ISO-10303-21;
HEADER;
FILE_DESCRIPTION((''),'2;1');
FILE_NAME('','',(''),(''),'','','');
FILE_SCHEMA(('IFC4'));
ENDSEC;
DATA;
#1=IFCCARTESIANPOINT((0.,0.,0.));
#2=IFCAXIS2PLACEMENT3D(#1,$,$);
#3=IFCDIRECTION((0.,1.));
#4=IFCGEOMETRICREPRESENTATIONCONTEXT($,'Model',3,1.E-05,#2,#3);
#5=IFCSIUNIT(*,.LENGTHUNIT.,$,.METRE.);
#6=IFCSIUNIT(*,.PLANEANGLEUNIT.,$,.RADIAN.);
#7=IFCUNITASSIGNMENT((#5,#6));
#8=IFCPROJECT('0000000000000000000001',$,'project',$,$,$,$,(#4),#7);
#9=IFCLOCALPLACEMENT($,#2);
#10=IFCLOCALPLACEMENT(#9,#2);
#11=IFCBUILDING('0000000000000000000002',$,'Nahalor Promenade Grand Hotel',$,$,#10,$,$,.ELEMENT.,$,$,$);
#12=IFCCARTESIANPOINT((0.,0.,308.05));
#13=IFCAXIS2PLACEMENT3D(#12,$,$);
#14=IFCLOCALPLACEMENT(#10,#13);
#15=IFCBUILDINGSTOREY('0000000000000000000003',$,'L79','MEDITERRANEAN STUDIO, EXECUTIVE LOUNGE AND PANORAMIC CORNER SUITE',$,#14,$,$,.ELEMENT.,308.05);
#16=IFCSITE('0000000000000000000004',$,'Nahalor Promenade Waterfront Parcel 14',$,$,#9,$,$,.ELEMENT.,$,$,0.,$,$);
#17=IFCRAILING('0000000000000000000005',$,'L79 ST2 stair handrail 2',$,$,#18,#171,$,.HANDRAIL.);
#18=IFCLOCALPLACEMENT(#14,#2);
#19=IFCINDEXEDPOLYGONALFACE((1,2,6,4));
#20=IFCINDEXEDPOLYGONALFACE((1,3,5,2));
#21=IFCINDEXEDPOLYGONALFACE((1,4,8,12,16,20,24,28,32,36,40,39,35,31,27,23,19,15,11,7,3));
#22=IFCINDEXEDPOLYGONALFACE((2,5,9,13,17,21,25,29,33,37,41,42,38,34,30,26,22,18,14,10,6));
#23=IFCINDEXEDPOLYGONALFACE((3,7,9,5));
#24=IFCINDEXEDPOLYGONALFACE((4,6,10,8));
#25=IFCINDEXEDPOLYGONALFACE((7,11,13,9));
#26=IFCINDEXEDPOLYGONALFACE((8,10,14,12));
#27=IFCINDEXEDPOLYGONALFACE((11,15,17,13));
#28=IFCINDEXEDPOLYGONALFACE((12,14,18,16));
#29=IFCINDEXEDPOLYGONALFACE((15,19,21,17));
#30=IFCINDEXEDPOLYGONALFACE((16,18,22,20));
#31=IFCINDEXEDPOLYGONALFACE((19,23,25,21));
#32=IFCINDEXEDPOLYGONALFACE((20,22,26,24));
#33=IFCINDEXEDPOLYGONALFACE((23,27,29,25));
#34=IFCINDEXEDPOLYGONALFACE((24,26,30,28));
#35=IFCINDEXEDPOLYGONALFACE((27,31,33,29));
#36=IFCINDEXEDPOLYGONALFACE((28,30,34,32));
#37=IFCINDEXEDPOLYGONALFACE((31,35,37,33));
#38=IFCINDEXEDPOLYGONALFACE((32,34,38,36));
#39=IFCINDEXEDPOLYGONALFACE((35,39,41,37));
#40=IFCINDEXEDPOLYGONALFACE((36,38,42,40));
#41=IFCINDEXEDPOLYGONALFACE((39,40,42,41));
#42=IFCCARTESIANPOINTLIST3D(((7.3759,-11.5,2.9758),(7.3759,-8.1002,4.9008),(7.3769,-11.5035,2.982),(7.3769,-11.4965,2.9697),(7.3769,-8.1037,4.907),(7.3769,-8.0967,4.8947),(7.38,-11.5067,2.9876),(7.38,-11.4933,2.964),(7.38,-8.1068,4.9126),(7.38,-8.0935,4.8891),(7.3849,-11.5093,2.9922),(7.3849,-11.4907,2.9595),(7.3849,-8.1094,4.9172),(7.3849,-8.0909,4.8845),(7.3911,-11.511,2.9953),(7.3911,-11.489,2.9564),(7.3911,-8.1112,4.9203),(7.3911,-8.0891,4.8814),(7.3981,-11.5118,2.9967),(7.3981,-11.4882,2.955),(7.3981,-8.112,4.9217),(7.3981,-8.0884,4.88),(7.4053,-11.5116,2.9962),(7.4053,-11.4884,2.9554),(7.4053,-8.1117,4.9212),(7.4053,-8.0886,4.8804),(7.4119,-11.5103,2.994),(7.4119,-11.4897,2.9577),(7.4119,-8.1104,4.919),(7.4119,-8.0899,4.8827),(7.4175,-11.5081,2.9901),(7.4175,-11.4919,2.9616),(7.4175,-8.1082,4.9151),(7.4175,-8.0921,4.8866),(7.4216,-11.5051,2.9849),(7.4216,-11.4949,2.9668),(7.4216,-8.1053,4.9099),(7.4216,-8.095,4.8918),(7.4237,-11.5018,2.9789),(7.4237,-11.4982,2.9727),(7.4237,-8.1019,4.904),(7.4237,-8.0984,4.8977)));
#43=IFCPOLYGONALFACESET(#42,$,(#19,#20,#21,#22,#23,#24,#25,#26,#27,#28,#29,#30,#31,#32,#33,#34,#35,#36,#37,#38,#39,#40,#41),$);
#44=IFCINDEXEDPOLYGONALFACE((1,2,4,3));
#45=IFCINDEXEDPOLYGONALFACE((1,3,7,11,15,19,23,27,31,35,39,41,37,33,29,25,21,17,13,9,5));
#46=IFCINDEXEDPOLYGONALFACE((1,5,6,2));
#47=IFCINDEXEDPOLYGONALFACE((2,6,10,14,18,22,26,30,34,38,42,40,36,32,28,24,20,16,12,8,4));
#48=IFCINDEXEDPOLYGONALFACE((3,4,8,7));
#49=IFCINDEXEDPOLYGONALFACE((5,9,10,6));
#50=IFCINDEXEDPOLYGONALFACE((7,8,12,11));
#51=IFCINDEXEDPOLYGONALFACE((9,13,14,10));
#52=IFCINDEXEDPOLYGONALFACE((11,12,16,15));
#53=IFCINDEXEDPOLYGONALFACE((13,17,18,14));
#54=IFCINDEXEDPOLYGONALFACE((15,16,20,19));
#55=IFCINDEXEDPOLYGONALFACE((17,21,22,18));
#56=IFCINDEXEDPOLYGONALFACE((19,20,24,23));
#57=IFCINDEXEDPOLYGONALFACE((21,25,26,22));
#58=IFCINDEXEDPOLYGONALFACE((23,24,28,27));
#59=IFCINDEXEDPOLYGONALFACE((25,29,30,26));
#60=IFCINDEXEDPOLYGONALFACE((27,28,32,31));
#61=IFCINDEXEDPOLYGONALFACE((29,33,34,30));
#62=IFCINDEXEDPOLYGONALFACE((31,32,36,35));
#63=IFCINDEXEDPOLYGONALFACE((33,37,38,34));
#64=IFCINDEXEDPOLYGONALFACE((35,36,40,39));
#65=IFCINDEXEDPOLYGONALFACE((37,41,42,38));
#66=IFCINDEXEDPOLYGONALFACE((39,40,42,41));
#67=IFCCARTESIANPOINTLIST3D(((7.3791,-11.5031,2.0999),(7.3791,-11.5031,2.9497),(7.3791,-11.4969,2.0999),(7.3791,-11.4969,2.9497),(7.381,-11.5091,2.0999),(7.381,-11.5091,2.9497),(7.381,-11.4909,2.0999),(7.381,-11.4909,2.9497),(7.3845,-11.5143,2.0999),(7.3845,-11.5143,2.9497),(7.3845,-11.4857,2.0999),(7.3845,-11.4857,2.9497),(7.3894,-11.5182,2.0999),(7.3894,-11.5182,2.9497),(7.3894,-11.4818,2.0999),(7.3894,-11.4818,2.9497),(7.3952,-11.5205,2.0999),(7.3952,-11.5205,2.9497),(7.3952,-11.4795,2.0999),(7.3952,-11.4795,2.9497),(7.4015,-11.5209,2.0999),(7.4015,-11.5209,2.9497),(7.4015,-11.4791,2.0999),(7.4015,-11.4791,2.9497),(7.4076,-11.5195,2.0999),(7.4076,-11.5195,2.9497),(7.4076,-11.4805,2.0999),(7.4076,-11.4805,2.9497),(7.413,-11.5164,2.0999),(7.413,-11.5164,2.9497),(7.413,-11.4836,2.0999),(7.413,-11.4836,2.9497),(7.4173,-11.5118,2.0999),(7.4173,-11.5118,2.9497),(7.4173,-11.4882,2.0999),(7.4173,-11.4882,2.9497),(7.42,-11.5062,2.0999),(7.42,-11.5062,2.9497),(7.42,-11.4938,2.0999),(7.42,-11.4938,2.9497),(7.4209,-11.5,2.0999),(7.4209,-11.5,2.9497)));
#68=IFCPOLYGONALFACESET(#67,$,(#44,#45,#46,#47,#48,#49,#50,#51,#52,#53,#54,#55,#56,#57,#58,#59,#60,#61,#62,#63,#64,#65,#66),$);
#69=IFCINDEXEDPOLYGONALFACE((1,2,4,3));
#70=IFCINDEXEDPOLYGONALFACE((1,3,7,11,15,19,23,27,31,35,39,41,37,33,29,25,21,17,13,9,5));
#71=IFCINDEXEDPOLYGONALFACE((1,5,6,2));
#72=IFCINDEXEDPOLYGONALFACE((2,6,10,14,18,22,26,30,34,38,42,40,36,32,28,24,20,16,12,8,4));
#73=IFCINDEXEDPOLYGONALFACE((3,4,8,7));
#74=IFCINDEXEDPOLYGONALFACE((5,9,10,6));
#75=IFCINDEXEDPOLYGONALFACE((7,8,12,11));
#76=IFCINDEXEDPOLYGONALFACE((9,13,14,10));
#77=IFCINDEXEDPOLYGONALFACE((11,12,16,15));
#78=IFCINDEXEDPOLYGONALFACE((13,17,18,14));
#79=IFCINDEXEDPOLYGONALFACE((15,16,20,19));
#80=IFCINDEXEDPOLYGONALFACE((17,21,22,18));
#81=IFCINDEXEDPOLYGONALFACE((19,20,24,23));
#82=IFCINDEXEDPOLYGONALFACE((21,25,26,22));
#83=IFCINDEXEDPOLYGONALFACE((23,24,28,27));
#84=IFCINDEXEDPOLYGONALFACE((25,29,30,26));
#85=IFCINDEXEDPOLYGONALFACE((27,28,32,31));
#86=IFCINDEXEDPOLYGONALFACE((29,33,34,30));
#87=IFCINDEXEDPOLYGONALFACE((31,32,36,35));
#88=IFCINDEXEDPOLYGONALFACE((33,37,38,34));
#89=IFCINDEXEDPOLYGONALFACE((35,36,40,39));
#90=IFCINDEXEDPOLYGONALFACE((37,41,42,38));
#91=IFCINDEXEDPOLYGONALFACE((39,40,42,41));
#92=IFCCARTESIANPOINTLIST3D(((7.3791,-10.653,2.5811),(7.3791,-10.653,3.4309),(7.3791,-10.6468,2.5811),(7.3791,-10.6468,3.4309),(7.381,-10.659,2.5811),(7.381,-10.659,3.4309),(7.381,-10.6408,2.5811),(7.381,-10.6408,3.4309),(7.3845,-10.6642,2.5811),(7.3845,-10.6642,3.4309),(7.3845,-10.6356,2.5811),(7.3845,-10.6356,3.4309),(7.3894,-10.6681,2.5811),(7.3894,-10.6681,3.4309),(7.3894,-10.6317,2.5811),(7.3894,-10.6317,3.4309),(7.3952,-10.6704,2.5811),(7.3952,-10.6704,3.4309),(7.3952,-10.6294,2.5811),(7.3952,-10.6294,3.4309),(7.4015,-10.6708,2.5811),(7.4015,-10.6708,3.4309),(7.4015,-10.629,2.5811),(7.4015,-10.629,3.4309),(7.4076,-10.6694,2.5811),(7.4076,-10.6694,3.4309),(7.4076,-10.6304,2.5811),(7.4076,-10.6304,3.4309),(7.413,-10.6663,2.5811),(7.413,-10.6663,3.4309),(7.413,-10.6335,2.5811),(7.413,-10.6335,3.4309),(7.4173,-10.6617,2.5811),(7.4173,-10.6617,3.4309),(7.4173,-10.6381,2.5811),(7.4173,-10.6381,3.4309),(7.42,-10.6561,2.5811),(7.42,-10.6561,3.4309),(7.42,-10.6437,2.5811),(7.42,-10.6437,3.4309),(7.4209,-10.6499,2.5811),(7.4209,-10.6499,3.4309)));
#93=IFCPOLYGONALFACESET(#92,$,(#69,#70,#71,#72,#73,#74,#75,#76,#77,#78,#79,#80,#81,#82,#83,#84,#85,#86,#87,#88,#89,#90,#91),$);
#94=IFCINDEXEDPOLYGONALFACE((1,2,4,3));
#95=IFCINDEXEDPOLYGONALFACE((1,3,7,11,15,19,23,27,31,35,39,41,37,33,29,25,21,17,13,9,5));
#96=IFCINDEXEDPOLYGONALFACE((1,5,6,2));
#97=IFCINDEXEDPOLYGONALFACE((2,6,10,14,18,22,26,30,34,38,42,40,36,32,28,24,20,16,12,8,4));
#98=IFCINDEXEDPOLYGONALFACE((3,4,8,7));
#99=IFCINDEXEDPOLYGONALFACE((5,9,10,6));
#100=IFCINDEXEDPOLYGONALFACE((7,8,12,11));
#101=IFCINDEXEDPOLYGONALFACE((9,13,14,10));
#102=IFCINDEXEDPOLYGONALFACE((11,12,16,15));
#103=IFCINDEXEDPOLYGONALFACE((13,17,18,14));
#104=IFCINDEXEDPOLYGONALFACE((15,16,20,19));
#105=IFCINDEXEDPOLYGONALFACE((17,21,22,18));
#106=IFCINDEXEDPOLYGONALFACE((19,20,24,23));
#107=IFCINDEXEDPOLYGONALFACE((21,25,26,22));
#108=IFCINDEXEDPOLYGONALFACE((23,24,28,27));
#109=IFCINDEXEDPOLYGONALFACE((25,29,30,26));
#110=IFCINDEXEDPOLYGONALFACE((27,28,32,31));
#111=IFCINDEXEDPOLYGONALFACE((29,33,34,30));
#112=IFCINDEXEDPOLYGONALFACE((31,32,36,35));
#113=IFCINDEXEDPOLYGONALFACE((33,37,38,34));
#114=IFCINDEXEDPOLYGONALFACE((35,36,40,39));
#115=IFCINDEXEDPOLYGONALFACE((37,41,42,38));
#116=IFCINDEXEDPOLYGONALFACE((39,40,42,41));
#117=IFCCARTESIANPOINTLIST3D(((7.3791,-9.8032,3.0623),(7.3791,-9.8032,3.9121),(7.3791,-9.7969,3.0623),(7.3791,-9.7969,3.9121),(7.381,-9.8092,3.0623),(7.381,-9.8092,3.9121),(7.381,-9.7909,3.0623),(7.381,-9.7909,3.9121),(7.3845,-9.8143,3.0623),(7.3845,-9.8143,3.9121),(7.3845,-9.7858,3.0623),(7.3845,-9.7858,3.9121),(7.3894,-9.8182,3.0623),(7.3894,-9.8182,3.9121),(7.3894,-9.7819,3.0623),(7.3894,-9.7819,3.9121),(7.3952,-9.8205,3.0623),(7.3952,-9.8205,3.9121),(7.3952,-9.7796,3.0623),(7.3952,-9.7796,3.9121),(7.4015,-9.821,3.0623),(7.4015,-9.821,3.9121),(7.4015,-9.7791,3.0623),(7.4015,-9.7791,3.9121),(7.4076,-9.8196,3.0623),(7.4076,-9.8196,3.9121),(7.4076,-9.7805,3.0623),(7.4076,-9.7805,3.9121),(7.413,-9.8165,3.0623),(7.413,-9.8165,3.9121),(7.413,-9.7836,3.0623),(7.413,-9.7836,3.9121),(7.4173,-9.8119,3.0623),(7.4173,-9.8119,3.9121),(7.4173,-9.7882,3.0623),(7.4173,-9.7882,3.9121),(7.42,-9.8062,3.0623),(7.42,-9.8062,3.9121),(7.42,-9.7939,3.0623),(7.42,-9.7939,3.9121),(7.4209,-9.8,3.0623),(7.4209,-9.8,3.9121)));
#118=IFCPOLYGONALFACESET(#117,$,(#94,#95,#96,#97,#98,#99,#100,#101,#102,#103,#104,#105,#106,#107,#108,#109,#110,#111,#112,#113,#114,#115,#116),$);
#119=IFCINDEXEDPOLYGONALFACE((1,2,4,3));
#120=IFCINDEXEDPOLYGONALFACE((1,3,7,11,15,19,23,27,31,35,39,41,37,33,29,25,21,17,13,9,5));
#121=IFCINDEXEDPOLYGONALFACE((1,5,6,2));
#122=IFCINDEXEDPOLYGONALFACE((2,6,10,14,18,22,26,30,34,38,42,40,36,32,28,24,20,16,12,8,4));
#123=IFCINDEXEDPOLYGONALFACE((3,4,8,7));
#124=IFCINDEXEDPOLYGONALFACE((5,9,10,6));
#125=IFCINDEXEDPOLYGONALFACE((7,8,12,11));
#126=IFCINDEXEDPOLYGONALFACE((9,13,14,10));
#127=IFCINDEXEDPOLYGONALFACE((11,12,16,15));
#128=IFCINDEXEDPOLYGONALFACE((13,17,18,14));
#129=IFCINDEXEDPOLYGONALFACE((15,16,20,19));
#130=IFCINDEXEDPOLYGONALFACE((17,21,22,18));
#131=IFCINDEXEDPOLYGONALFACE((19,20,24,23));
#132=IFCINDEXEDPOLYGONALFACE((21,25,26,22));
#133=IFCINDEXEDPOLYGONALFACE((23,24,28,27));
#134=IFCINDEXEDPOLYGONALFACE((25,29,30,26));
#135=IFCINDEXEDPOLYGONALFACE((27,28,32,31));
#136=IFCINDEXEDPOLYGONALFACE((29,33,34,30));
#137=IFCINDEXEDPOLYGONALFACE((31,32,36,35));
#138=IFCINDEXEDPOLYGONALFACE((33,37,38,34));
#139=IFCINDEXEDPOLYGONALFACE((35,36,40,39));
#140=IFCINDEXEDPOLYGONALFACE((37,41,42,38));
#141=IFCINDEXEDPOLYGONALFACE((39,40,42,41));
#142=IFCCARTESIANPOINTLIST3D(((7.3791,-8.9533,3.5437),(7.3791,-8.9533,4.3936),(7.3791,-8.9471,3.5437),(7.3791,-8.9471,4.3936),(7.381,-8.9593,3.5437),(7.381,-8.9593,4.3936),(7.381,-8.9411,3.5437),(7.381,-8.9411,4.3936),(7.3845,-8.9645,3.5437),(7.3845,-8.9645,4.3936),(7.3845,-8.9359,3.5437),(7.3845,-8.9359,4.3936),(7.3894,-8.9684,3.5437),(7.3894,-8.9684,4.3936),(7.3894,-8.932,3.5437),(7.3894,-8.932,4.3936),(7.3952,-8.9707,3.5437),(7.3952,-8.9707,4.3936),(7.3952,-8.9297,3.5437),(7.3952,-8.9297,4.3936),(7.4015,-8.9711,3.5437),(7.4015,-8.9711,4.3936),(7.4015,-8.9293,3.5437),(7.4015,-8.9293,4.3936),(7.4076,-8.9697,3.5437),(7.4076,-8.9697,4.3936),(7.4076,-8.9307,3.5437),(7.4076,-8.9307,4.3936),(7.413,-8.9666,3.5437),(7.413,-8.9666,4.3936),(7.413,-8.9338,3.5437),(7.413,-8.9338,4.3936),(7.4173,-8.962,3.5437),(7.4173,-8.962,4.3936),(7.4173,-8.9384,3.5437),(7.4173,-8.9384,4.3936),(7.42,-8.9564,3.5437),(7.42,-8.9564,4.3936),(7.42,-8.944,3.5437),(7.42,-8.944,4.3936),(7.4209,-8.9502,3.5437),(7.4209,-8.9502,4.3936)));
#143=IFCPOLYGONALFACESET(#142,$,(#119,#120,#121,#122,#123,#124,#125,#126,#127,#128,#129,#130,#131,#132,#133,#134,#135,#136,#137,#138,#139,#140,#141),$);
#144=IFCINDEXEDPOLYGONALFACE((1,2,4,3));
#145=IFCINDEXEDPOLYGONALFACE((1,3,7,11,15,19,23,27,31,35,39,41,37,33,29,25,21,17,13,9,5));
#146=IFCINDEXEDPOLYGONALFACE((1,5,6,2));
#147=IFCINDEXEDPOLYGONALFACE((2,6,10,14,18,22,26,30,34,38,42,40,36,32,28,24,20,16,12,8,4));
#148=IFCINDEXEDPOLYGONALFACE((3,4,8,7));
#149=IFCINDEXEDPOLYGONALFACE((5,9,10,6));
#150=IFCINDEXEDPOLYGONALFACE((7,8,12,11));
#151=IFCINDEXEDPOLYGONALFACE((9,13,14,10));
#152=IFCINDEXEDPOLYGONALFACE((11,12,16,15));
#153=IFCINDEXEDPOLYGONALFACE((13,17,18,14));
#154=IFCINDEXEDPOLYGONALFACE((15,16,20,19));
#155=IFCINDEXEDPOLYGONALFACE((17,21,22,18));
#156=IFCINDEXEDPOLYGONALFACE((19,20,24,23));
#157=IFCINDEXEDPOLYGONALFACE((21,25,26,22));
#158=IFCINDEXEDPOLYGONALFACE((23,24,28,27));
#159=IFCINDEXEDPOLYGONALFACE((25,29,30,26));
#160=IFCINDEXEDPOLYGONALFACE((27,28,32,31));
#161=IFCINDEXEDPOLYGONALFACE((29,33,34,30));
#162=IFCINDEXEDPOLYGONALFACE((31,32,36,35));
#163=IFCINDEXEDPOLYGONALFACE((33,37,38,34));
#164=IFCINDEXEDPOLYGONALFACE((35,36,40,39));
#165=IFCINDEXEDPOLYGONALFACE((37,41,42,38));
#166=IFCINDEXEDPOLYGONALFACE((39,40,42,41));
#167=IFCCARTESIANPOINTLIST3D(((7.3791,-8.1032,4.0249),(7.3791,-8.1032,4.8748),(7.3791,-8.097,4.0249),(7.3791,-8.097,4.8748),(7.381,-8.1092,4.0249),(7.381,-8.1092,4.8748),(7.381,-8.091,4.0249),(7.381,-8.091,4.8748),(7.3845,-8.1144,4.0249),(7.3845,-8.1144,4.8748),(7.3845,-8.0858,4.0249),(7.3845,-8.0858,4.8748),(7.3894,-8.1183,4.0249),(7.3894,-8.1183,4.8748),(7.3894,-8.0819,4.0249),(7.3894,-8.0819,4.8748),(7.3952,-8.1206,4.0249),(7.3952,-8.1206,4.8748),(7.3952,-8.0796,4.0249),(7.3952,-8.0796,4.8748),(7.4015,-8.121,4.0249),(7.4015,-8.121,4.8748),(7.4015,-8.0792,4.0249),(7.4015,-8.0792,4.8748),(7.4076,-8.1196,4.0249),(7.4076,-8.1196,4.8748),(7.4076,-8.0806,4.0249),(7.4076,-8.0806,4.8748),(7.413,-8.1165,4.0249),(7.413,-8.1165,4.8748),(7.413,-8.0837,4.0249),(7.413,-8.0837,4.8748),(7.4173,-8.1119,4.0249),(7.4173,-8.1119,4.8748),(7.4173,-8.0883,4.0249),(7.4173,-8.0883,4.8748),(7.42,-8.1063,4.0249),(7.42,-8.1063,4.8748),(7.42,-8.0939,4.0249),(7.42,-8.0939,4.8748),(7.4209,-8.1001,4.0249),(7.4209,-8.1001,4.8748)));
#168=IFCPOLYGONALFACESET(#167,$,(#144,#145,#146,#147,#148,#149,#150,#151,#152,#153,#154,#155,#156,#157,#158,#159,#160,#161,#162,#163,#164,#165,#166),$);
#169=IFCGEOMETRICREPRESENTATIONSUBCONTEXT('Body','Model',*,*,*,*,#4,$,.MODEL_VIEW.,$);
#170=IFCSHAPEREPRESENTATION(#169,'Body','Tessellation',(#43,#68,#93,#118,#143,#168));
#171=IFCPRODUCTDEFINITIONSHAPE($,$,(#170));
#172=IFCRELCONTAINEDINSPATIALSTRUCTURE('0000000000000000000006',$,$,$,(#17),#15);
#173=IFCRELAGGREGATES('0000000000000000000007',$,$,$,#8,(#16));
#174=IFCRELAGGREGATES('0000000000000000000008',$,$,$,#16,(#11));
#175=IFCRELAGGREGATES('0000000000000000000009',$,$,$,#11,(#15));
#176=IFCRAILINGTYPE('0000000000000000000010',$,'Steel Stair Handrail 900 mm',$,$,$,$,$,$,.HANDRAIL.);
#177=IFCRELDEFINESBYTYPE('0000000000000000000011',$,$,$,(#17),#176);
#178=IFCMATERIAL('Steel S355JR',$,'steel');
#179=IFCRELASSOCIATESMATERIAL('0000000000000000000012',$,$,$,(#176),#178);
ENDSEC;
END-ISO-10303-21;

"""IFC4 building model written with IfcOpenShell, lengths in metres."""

from ifc_helpers import new_model, si_unit, direction, frame, origin, origin_2d, place, context, subcontext, project, spatial, circle, extrude, material, type_object, element, save


model = new_model("IFC4")

# Units and contexts
model_context = context("Model", 3, precision=1e-05, world=origin(), true_north=direction((0.0, 1.0)))
body_context = subcontext(model_context, "Body", "Model", "MODEL_VIEW")
ifc_project = project(units=[si_unit("LENGTHUNIT", "METRE"), si_unit("PLANEANGLEUNIT", "RADIAN")], contexts=[model_context])

# Site, building, storey
site_placement = place(None, origin())
site = spatial("IfcSite", under=ifc_project, at=site_placement, Name="Nahalor Promenade Waterfront Parcel 14", CompositionType="ELEMENT", RefElevation=0.0)
building_placement = place(site_placement, origin())
building = spatial("IfcBuilding", under=site, at=building_placement, Name="Nahalor Promenade Grand Hotel", CompositionType="ELEMENT")
storey_placement = place(building_placement, frame((0.0, 0.0, 308.05)))
storey = spatial("IfcBuildingStorey", under=building, at=storey_placement, Name="L79", Description="MEDITERRANEAN STUDIO, EXECUTIVE LOUNGE AND PANORAMIC CORNER SUITE", CompositionType="ELEMENT", Elevation=308.05)

# Shared definitions
ifc_material_1 = material(Name="Steel S355JR", Category="steel")

# Railing
railing_type_1 = type_object("IfcRailingType", Name="Steel Stair Handrail 900 mm", PredefinedType="HANDRAIL", material=ifc_material_1)
railing_1_placement = place(storey_placement, frame((7.3999, -11.5, 2.0999)))
element("IfcRailing", 1, at=railing_1_placement, inside=storey, type_object=railing_type_1, Name="L79 ST2 stair handrail 2", PredefinedType="HANDRAIL", context=body_context, shape_type="SweptSolid", body=[
    extrude(circle(Radius=0.024, at=origin_2d()), frame((0.0, 0.0, 0.876), z_axis=(0.0, 0.870194, 0.49271), x_axis=(-1.0, 0.0, 0.0)), (0.0, 0.0, 1.0), 3.907),
    extrude(circle(Radius=0.021, at=origin_2d()), origin(), (0.0, 0.0, 1.0), 0.8499),
    extrude(circle(Radius=0.021, at=origin_2d()), frame((0.0, 0.8501, 0.4812)), (0.0, 0.0, 1.0), 0.8499),
    extrude(circle(Radius=0.021, at=origin_2d()), frame((0.0, 1.7, 0.9624)), (0.0, 0.0, 1.0), 0.8499),
    extrude(circle(Radius=0.021, at=origin_2d()), frame((0.0, 2.5498, 1.4438)), (0.0, 0.0, 1.0), 0.8499),
    extrude(circle(Radius=0.021, at=origin_2d()), frame((0.0, 3.3999, 1.925)), (0.0, 0.0, 1.0), 0.8499),
])

save(model, "model.ifc")
